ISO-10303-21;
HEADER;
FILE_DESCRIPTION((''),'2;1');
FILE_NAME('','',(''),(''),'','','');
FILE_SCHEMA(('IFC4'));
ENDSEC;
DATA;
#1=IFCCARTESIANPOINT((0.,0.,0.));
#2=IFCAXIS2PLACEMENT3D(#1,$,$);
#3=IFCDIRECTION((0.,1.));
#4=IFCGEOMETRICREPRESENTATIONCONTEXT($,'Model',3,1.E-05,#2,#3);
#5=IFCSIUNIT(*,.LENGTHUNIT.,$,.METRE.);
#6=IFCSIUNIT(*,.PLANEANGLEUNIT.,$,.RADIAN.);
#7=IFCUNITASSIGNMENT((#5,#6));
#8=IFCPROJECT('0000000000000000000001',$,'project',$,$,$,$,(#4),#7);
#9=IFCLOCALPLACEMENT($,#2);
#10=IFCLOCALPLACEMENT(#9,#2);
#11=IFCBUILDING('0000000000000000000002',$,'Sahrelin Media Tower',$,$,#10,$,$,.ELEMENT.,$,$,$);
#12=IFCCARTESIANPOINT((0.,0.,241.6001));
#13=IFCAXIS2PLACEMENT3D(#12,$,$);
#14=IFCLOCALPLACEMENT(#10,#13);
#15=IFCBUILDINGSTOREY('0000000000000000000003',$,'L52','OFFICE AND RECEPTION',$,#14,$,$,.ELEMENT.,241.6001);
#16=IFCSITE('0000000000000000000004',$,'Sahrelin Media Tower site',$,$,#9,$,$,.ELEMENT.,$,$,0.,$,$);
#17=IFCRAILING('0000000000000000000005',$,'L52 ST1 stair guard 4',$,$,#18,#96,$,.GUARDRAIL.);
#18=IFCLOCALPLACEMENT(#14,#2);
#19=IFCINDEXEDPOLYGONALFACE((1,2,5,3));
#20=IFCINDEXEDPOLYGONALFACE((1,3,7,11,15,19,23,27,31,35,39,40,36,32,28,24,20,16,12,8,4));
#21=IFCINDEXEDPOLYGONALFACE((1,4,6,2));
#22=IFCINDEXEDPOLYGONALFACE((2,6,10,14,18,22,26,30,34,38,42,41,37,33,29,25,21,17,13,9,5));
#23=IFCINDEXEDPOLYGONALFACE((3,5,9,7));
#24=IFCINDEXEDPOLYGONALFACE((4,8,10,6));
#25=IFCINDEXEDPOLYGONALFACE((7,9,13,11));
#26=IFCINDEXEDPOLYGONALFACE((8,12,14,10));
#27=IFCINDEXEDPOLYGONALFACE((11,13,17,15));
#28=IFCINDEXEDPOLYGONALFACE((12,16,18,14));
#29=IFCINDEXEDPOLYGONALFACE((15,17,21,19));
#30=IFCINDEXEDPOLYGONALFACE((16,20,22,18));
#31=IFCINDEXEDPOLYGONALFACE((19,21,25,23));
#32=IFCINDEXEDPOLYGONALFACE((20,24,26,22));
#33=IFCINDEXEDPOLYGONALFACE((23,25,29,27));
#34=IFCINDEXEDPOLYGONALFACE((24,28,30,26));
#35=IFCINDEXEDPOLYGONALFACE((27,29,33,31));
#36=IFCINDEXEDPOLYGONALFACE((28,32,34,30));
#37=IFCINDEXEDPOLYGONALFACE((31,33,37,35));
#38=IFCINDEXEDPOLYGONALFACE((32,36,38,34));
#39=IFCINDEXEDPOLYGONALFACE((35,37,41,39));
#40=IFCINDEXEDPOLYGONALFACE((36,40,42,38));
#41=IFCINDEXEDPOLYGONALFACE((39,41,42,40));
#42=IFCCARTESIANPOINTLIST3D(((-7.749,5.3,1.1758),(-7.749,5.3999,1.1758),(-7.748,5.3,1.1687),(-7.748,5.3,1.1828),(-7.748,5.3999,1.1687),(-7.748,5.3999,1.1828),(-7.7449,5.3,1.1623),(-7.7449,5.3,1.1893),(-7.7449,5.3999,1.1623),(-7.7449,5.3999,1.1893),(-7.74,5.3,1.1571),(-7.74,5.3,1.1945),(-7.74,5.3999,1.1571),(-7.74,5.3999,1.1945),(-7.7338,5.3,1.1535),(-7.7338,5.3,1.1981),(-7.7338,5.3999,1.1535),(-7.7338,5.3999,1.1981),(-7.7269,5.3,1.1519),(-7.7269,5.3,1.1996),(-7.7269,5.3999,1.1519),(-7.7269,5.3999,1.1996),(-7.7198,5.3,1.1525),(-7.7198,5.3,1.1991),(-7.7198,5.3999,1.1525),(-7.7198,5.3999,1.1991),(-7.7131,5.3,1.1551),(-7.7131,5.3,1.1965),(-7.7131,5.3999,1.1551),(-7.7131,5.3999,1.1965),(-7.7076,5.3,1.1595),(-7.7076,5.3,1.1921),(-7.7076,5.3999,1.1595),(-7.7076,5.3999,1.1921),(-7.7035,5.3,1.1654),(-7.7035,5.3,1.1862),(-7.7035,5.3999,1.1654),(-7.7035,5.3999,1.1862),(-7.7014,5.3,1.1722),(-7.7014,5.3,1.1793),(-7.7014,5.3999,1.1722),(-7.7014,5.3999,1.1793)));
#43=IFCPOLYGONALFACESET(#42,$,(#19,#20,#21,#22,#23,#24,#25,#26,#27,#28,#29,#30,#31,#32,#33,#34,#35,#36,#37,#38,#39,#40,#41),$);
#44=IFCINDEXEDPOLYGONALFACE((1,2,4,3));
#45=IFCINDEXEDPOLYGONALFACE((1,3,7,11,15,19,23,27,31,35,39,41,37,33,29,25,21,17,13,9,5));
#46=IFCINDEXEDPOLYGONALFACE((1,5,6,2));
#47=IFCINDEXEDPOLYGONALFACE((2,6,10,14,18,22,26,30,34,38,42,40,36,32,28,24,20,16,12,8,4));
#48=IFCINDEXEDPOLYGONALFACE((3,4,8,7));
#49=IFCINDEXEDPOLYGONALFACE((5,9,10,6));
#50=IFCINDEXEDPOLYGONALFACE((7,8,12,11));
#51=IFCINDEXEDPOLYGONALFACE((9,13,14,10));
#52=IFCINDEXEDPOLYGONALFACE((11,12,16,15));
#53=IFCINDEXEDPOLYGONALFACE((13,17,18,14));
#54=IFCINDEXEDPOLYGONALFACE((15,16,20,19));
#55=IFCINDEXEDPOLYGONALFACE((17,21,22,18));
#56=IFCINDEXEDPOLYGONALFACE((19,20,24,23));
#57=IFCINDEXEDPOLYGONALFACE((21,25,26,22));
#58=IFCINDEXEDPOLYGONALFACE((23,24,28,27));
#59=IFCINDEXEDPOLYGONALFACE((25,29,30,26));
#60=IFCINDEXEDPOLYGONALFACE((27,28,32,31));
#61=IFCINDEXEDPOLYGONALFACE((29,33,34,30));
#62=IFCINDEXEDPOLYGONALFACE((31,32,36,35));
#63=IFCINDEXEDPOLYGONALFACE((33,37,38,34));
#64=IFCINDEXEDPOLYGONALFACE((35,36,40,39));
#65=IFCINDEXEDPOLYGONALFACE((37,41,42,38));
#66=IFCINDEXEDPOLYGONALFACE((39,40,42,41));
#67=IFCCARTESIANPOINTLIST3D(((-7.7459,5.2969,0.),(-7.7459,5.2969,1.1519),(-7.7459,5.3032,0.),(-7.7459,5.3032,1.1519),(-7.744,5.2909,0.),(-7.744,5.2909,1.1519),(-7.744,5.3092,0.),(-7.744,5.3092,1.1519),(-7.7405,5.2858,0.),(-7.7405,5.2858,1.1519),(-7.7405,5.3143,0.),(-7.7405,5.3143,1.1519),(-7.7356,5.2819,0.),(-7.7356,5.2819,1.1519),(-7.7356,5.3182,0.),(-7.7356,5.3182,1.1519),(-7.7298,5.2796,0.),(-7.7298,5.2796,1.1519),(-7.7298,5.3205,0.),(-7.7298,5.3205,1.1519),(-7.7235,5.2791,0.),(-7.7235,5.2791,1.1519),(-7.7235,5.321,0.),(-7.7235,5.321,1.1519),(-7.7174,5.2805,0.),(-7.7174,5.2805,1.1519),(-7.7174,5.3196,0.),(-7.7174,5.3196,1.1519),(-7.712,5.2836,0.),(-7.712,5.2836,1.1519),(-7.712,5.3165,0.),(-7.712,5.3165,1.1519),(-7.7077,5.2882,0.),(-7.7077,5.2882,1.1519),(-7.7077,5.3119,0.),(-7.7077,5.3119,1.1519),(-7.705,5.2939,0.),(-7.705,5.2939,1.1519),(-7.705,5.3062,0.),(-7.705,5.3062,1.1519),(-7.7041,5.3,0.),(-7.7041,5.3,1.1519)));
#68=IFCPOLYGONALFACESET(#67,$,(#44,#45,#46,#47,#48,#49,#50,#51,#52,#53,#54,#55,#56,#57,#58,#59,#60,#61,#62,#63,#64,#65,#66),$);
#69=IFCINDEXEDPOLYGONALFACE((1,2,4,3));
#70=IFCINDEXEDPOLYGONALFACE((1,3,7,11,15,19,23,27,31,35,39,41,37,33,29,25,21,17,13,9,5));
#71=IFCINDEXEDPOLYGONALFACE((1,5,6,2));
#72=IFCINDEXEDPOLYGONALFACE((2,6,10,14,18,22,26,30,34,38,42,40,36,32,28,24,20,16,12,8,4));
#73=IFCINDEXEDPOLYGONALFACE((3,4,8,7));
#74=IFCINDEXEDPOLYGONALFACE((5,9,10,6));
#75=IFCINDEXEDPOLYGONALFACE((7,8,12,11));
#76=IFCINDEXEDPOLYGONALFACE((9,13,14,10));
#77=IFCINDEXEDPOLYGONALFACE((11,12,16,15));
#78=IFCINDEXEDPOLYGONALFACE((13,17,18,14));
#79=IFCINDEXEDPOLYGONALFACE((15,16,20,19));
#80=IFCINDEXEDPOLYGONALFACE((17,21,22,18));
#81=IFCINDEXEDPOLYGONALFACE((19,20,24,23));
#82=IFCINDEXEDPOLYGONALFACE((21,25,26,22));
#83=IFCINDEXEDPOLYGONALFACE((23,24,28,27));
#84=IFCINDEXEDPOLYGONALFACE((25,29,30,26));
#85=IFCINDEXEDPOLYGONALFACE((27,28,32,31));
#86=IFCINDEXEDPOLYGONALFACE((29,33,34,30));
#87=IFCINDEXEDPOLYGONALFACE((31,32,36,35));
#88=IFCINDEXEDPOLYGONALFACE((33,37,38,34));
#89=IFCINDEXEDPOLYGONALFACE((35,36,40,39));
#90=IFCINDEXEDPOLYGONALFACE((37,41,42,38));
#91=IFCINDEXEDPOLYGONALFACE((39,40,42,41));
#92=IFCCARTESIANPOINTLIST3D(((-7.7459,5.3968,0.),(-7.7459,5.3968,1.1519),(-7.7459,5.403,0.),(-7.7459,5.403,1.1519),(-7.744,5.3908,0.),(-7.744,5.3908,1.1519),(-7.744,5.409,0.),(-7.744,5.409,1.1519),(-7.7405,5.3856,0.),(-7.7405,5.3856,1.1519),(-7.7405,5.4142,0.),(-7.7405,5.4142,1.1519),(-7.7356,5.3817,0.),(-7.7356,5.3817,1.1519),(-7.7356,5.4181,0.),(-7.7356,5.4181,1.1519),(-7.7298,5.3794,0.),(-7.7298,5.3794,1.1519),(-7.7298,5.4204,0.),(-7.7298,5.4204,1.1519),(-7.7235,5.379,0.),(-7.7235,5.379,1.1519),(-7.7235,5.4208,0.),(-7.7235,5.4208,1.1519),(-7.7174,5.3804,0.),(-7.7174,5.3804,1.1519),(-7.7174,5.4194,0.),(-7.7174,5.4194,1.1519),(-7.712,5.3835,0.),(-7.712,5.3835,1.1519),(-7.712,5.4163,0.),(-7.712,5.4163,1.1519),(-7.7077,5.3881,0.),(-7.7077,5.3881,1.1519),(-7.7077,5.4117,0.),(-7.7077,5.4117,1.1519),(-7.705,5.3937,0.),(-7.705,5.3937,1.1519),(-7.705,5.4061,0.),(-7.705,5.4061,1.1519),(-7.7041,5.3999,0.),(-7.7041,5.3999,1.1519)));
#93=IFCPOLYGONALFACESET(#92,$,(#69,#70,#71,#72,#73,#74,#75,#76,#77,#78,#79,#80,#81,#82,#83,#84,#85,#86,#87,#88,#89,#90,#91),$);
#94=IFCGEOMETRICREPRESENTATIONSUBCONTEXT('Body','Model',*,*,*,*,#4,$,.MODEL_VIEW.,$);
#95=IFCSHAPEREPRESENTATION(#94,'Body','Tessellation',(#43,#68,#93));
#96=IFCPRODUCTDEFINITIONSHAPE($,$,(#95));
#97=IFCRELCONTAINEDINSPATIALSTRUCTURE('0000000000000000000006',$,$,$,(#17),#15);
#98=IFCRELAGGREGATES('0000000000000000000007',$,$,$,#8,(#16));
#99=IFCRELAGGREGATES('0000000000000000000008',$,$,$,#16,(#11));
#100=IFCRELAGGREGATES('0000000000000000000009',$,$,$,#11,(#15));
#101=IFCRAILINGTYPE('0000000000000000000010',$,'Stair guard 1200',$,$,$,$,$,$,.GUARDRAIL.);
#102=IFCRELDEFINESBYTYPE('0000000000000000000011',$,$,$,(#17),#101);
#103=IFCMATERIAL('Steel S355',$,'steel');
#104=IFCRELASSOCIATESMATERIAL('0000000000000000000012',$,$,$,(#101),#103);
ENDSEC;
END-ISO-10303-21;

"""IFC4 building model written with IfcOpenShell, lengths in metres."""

from ifc_helpers import new_model, si_unit, direction, frame, origin, origin_2d, place, context, subcontext, project, spatial, circle, extrude, material, type_object, element, save


model = new_model("IFC4")

# Units and contexts
model_context = context("Model", 3, precision=1e-05, world=origin(), true_north=direction((0.0, 1.0)))
body_context = subcontext(model_context, "Body", "Model", "MODEL_VIEW")
ifc_project = project(units=[si_unit("LENGTHUNIT", "METRE"), si_unit("PLANEANGLEUNIT", "RADIAN")], contexts=[model_context])

# Site, building, storey
site_placement = place(None, origin())
site = spatial("IfcSite", under=ifc_project, at=site_placement, Name="Sahrelin Media Tower site", CompositionType="ELEMENT", RefElevation=0.0)
building_placement = place(site_placement, origin())
building = spatial("IfcBuilding", under=site, at=building_placement, Name="Sahrelin Media Tower", CompositionType="ELEMENT")
storey_placement = place(building_placement, frame((0.0, 0.0, 241.6001)))
storey = spatial("IfcBuildingStorey", under=building, at=storey_placement, Name="L52", Description="OFFICE AND RECEPTION", CompositionType="ELEMENT", Elevation=241.6001)

# Shared definitions
ifc_material_1 = material(Name="Steel S355", Category="steel")

# Railing
railing_type_1 = type_object("IfcRailingType", Name="Stair guard 1200", PredefinedType="GUARDRAIL", material=ifc_material_1)
railing_1_placement = place(storey_placement, frame((-7.7251, 5.3, 0.0)))
element("IfcRailing", 1, at=railing_1_placement, inside=storey, type_object=railing_type_1, Name="L52 ST1 stair guard 4", PredefinedType="GUARDRAIL", context=body_context, shape_type="SweptSolid", body=[
    extrude(circle(Radius=0.0239, at=origin_2d()), frame((0.0, 0.0, 1.1758), z_axis=(0.0, 1.0, 0.0), x_axis=(-1.0, 0.0, 0.0)), (0.0, 0.0, 1.0), 0.0999),
    extrude(circle(Radius=0.021, at=origin_2d()), origin(), (0.0, 0.0, 1.0), 1.1519),
    extrude(circle(Radius=0.021, at=origin_2d()), frame((0.0, 0.0999, 0.0)), (0.0, 0.0, 1.0), 1.1519),
])

save(model, "model.ifc")
